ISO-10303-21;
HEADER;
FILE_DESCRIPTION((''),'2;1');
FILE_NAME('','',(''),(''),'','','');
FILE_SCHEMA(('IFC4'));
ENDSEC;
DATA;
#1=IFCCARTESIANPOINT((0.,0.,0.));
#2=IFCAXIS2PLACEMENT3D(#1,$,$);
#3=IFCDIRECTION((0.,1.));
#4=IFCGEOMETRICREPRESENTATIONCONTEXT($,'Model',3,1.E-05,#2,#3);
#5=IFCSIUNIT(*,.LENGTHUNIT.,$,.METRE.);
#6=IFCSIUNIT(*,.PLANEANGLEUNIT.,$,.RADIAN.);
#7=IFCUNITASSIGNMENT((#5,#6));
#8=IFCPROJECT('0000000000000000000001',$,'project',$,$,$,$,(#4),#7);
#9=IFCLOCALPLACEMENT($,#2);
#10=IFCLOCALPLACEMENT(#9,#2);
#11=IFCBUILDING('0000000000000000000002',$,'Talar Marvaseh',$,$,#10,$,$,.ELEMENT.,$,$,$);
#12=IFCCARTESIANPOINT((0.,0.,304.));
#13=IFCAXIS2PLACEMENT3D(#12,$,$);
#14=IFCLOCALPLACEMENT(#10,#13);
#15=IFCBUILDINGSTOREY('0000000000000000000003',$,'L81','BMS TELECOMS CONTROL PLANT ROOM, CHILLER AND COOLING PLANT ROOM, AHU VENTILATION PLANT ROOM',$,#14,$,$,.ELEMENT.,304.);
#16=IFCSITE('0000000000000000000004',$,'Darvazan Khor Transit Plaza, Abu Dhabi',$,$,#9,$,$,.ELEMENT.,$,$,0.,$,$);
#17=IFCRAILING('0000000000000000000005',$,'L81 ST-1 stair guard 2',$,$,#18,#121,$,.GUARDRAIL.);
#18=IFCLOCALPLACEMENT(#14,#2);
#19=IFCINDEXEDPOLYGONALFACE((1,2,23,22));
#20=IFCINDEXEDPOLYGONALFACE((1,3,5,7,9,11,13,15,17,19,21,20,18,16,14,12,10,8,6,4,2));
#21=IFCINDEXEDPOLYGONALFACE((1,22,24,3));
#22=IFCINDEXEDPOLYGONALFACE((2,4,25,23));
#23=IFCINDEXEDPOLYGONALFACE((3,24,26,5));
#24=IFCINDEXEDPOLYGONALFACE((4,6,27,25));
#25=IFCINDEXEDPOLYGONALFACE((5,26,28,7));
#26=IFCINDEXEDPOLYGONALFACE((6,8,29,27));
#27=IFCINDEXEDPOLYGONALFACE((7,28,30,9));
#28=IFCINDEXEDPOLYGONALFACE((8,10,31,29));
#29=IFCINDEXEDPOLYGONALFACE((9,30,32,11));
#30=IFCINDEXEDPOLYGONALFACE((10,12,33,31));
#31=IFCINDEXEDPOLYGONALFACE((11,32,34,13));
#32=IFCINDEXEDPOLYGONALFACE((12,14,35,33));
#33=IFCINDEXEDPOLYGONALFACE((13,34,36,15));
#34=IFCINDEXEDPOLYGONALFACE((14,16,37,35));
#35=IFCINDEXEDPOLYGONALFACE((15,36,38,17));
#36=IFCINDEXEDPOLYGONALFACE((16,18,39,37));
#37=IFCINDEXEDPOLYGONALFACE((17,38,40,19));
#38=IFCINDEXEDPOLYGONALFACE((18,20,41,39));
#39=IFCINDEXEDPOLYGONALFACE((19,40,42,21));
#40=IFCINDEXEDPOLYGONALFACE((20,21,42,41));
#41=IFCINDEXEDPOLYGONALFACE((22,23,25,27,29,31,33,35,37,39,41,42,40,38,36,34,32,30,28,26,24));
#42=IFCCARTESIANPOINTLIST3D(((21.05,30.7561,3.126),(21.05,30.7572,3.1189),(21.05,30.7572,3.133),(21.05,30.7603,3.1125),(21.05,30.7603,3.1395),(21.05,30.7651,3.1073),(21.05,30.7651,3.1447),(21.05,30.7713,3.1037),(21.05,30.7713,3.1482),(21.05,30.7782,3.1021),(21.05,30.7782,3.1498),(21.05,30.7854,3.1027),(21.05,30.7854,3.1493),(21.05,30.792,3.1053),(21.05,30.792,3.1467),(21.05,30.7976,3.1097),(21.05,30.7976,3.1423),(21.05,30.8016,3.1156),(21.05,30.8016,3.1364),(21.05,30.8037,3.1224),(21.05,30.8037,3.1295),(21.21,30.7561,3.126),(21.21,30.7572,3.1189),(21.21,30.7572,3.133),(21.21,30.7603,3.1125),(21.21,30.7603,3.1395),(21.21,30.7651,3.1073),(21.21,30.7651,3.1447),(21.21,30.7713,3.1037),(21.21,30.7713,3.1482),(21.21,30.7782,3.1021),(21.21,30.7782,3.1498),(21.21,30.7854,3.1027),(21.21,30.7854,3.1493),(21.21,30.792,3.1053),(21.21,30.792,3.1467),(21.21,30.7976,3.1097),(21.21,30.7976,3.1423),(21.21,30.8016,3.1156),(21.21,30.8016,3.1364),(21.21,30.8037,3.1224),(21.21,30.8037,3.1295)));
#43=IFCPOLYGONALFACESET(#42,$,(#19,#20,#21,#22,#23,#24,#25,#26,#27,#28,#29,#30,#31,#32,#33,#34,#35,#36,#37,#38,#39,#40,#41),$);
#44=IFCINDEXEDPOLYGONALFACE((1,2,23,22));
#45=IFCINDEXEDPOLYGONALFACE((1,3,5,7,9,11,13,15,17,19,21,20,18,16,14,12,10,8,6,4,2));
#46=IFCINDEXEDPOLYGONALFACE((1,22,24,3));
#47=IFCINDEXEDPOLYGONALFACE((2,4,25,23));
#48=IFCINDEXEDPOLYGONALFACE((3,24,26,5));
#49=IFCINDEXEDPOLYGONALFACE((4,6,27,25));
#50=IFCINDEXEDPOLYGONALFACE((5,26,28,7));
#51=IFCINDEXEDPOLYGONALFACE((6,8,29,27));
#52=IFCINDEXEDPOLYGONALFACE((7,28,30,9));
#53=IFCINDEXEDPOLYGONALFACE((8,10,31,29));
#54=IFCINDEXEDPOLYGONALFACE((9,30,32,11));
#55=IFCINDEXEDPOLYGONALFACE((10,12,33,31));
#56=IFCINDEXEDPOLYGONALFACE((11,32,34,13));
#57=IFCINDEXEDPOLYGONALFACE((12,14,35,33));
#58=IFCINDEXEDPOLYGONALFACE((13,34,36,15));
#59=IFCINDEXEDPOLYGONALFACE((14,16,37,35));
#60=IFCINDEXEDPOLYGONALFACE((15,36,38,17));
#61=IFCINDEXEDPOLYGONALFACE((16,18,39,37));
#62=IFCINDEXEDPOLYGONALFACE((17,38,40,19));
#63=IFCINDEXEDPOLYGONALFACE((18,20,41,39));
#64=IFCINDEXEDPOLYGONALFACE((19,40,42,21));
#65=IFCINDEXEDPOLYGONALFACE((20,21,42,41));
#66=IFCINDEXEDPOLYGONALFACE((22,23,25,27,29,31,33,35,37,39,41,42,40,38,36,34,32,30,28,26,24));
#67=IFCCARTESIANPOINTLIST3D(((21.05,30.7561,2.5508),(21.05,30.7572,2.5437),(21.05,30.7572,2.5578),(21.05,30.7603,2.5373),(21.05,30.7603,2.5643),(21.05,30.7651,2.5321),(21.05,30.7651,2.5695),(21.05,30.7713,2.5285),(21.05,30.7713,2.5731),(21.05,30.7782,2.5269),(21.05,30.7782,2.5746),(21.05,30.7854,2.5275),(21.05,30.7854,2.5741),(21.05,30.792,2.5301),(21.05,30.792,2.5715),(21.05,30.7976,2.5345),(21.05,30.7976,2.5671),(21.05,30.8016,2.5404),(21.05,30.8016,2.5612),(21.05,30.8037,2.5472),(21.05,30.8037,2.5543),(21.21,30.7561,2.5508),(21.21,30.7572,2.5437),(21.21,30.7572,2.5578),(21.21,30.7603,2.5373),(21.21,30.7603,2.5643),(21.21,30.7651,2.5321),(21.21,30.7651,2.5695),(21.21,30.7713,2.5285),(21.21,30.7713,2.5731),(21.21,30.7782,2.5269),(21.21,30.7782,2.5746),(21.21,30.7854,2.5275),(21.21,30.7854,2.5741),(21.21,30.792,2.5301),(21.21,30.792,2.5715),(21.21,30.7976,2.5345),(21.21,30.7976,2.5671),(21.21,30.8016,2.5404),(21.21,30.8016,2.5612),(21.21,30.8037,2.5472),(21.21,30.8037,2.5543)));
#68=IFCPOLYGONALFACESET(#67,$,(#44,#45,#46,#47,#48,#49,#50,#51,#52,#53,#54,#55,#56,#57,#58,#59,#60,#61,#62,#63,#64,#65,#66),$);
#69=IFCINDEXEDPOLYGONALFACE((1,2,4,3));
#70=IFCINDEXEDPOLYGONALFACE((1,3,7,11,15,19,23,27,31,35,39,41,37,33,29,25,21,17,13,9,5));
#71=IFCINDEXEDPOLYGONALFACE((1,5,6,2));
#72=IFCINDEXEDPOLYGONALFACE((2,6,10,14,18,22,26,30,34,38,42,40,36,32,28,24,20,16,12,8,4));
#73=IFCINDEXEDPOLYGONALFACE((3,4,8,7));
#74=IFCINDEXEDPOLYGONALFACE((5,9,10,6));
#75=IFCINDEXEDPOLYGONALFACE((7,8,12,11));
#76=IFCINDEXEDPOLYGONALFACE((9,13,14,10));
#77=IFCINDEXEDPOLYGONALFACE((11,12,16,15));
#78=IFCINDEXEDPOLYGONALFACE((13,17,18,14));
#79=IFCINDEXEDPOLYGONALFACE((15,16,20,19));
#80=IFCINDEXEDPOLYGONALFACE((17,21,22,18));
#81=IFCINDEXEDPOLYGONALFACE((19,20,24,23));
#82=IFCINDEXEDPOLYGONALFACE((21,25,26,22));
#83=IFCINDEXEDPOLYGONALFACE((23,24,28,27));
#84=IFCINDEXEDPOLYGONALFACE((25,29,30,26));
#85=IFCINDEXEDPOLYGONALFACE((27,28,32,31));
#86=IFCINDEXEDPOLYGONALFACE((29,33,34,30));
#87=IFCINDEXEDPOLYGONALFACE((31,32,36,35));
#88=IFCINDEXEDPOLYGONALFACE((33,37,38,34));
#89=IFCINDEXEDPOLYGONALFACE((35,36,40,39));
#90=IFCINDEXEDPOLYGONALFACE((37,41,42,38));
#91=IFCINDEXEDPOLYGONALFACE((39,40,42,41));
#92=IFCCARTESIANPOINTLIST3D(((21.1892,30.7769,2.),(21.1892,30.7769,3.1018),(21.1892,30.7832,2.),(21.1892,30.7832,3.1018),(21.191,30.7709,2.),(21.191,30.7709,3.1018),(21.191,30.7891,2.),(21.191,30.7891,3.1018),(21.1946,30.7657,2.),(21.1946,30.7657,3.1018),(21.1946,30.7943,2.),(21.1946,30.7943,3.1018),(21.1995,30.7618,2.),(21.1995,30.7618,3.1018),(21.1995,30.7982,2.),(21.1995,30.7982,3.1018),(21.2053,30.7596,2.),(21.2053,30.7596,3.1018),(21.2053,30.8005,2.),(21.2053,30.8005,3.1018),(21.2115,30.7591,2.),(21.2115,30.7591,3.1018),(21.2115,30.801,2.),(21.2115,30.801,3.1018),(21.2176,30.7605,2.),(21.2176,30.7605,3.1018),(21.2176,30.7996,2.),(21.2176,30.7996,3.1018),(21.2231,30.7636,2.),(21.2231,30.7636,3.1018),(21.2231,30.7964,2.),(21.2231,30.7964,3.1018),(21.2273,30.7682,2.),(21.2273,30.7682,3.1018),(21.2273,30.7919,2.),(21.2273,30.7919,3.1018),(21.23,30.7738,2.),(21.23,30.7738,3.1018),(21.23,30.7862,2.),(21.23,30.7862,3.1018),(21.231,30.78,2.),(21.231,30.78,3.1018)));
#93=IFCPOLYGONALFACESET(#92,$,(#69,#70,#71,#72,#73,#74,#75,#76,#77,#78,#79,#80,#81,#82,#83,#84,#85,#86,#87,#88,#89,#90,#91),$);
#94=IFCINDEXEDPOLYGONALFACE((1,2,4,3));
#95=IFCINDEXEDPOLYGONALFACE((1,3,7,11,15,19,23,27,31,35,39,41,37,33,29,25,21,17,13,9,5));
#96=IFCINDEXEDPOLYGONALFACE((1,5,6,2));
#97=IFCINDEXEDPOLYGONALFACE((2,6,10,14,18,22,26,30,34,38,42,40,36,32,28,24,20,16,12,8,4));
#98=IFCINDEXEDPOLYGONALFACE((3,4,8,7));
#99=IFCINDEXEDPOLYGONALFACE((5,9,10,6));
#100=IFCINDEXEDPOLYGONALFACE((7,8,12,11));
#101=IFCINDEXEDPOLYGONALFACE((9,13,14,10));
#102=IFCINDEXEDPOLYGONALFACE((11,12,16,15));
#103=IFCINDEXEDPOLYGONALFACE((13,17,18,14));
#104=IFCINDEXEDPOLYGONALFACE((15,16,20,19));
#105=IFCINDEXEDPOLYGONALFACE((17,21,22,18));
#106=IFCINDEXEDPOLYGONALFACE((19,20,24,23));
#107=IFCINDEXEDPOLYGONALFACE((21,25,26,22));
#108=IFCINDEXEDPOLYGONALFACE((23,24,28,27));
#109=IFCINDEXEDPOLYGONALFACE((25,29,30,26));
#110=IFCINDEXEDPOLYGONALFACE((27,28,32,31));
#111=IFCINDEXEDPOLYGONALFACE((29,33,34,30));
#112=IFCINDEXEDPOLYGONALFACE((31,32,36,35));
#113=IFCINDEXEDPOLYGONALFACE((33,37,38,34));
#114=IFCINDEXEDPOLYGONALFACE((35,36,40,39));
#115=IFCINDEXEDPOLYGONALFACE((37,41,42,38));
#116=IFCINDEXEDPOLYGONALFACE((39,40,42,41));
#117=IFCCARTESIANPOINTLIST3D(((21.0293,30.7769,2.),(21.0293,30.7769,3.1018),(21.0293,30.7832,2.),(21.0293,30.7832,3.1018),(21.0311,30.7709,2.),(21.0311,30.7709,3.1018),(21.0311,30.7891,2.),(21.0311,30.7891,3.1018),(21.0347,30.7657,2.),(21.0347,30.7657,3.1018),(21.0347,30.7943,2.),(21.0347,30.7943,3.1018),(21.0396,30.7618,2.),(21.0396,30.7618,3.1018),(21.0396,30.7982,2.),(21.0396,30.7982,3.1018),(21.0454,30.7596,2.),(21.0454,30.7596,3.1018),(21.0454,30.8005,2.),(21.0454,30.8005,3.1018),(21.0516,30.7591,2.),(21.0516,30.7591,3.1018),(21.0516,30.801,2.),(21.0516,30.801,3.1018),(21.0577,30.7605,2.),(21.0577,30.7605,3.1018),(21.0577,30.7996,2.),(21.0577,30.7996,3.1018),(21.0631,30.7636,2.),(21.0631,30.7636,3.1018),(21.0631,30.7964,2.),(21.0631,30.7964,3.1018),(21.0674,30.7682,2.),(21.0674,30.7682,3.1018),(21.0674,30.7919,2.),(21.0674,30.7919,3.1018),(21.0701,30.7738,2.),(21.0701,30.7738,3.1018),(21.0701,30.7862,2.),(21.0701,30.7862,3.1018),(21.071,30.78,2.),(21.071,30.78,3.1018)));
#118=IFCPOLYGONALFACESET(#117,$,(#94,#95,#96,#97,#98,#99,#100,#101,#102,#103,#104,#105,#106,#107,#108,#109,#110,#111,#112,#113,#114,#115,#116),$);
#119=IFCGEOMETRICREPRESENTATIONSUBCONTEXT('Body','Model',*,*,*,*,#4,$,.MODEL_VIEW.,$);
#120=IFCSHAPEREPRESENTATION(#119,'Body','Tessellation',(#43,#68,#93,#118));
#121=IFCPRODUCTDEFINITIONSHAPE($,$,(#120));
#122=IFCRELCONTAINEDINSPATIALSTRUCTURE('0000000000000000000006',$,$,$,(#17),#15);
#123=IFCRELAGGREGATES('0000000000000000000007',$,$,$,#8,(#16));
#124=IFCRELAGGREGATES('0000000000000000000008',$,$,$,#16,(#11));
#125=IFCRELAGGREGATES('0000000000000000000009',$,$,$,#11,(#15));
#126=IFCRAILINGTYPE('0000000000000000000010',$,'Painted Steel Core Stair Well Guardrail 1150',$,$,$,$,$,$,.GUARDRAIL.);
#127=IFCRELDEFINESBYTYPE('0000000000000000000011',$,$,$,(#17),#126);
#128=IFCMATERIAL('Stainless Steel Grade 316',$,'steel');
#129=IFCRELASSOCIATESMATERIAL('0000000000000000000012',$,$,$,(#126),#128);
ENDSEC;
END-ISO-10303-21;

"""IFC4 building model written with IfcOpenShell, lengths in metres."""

from ifc_helpers import new_model, si_unit, direction, frame, origin, origin_2d, place, context, subcontext, project, spatial, circle, extrude, material, type_object, element, save


model = new_model("IFC4")

# Units and contexts
model_context = context("Model", 3, precision=1e-05, world=origin(), true_north=direction((0.0, 1.0)))
body_context = subcontext(model_context, "Body", "Model", "MODEL_VIEW")
ifc_project = project(units=[si_unit("LENGTHUNIT", "METRE"), si_unit("PLANEANGLEUNIT", "RADIAN")], contexts=[model_context])

# Site, building, storey
site_placement = place(None, origin())
site = spatial("IfcSite", under=ifc_project, at=site_placement, Name="Darvazan Khor Transit Plaza, Abu Dhabi", CompositionType="ELEMENT", RefElevation=0.0)
building_placement = place(site_placement, origin())
building = spatial("IfcBuilding", under=site, at=building_placement, Name="Talar Marvaseh", CompositionType="ELEMENT")
storey_placement = place(building_placement, frame((0.0, 0.0, 304.0)))
storey = spatial("IfcBuildingStorey", under=building, at=storey_placement, Name="L81", Description="BMS TELECOMS CONTROL PLANT ROOM, CHILLER AND COOLING PLANT ROOM, AHU VENTILATION PLANT ROOM", CompositionType="ELEMENT", Elevation=304.0)

# Shared definitions
ifc_material_1 = material(Name="Stainless Steel Grade 316", Category="steel")

# Railing
railing_type_1 = type_object("IfcRailingType", Name="Painted Steel Core Stair Well Guardrail 1150", PredefinedType="GUARDRAIL", material=ifc_material_1)
railing_1_placement = place(storey_placement, frame((21.21, 30.78, 2.0)))
element("IfcRailing", 1, at=railing_1_placement, inside=storey, type_object=railing_type_1, Name="L81 ST-1 stair guard 2", PredefinedType="GUARDRAIL", context=body_context, shape_type="SweptSolid", body=[
    extrude(circle(Radius=0.0239, at=origin_2d()), frame((0.0, 0.0, 1.126), z_axis=(-1.0, 0.0, 0.0), x_axis=(0.0, -1.0, 0.0)), (0.0, 0.0, 1.0), 0.1599),
    extrude(circle(Radius=0.0239, at=origin_2d()), frame((0.0, 0.0, 0.5508), z_axis=(-1.0, 0.0, 0.0), x_axis=(0.0, -1.0, 0.0)), (0.0, 0.0, 1.0), 0.1599),
    extrude(circle(Radius=0.021, at=origin_2d()), origin(), (0.0, 0.0, 1.0), 1.1018),
    extrude(circle(Radius=0.021, at=origin_2d()), frame((-0.1599, 0.0, 0.0)), (0.0, 0.0, 1.0), 1.1018),
])

save(model, "model.ifc")
